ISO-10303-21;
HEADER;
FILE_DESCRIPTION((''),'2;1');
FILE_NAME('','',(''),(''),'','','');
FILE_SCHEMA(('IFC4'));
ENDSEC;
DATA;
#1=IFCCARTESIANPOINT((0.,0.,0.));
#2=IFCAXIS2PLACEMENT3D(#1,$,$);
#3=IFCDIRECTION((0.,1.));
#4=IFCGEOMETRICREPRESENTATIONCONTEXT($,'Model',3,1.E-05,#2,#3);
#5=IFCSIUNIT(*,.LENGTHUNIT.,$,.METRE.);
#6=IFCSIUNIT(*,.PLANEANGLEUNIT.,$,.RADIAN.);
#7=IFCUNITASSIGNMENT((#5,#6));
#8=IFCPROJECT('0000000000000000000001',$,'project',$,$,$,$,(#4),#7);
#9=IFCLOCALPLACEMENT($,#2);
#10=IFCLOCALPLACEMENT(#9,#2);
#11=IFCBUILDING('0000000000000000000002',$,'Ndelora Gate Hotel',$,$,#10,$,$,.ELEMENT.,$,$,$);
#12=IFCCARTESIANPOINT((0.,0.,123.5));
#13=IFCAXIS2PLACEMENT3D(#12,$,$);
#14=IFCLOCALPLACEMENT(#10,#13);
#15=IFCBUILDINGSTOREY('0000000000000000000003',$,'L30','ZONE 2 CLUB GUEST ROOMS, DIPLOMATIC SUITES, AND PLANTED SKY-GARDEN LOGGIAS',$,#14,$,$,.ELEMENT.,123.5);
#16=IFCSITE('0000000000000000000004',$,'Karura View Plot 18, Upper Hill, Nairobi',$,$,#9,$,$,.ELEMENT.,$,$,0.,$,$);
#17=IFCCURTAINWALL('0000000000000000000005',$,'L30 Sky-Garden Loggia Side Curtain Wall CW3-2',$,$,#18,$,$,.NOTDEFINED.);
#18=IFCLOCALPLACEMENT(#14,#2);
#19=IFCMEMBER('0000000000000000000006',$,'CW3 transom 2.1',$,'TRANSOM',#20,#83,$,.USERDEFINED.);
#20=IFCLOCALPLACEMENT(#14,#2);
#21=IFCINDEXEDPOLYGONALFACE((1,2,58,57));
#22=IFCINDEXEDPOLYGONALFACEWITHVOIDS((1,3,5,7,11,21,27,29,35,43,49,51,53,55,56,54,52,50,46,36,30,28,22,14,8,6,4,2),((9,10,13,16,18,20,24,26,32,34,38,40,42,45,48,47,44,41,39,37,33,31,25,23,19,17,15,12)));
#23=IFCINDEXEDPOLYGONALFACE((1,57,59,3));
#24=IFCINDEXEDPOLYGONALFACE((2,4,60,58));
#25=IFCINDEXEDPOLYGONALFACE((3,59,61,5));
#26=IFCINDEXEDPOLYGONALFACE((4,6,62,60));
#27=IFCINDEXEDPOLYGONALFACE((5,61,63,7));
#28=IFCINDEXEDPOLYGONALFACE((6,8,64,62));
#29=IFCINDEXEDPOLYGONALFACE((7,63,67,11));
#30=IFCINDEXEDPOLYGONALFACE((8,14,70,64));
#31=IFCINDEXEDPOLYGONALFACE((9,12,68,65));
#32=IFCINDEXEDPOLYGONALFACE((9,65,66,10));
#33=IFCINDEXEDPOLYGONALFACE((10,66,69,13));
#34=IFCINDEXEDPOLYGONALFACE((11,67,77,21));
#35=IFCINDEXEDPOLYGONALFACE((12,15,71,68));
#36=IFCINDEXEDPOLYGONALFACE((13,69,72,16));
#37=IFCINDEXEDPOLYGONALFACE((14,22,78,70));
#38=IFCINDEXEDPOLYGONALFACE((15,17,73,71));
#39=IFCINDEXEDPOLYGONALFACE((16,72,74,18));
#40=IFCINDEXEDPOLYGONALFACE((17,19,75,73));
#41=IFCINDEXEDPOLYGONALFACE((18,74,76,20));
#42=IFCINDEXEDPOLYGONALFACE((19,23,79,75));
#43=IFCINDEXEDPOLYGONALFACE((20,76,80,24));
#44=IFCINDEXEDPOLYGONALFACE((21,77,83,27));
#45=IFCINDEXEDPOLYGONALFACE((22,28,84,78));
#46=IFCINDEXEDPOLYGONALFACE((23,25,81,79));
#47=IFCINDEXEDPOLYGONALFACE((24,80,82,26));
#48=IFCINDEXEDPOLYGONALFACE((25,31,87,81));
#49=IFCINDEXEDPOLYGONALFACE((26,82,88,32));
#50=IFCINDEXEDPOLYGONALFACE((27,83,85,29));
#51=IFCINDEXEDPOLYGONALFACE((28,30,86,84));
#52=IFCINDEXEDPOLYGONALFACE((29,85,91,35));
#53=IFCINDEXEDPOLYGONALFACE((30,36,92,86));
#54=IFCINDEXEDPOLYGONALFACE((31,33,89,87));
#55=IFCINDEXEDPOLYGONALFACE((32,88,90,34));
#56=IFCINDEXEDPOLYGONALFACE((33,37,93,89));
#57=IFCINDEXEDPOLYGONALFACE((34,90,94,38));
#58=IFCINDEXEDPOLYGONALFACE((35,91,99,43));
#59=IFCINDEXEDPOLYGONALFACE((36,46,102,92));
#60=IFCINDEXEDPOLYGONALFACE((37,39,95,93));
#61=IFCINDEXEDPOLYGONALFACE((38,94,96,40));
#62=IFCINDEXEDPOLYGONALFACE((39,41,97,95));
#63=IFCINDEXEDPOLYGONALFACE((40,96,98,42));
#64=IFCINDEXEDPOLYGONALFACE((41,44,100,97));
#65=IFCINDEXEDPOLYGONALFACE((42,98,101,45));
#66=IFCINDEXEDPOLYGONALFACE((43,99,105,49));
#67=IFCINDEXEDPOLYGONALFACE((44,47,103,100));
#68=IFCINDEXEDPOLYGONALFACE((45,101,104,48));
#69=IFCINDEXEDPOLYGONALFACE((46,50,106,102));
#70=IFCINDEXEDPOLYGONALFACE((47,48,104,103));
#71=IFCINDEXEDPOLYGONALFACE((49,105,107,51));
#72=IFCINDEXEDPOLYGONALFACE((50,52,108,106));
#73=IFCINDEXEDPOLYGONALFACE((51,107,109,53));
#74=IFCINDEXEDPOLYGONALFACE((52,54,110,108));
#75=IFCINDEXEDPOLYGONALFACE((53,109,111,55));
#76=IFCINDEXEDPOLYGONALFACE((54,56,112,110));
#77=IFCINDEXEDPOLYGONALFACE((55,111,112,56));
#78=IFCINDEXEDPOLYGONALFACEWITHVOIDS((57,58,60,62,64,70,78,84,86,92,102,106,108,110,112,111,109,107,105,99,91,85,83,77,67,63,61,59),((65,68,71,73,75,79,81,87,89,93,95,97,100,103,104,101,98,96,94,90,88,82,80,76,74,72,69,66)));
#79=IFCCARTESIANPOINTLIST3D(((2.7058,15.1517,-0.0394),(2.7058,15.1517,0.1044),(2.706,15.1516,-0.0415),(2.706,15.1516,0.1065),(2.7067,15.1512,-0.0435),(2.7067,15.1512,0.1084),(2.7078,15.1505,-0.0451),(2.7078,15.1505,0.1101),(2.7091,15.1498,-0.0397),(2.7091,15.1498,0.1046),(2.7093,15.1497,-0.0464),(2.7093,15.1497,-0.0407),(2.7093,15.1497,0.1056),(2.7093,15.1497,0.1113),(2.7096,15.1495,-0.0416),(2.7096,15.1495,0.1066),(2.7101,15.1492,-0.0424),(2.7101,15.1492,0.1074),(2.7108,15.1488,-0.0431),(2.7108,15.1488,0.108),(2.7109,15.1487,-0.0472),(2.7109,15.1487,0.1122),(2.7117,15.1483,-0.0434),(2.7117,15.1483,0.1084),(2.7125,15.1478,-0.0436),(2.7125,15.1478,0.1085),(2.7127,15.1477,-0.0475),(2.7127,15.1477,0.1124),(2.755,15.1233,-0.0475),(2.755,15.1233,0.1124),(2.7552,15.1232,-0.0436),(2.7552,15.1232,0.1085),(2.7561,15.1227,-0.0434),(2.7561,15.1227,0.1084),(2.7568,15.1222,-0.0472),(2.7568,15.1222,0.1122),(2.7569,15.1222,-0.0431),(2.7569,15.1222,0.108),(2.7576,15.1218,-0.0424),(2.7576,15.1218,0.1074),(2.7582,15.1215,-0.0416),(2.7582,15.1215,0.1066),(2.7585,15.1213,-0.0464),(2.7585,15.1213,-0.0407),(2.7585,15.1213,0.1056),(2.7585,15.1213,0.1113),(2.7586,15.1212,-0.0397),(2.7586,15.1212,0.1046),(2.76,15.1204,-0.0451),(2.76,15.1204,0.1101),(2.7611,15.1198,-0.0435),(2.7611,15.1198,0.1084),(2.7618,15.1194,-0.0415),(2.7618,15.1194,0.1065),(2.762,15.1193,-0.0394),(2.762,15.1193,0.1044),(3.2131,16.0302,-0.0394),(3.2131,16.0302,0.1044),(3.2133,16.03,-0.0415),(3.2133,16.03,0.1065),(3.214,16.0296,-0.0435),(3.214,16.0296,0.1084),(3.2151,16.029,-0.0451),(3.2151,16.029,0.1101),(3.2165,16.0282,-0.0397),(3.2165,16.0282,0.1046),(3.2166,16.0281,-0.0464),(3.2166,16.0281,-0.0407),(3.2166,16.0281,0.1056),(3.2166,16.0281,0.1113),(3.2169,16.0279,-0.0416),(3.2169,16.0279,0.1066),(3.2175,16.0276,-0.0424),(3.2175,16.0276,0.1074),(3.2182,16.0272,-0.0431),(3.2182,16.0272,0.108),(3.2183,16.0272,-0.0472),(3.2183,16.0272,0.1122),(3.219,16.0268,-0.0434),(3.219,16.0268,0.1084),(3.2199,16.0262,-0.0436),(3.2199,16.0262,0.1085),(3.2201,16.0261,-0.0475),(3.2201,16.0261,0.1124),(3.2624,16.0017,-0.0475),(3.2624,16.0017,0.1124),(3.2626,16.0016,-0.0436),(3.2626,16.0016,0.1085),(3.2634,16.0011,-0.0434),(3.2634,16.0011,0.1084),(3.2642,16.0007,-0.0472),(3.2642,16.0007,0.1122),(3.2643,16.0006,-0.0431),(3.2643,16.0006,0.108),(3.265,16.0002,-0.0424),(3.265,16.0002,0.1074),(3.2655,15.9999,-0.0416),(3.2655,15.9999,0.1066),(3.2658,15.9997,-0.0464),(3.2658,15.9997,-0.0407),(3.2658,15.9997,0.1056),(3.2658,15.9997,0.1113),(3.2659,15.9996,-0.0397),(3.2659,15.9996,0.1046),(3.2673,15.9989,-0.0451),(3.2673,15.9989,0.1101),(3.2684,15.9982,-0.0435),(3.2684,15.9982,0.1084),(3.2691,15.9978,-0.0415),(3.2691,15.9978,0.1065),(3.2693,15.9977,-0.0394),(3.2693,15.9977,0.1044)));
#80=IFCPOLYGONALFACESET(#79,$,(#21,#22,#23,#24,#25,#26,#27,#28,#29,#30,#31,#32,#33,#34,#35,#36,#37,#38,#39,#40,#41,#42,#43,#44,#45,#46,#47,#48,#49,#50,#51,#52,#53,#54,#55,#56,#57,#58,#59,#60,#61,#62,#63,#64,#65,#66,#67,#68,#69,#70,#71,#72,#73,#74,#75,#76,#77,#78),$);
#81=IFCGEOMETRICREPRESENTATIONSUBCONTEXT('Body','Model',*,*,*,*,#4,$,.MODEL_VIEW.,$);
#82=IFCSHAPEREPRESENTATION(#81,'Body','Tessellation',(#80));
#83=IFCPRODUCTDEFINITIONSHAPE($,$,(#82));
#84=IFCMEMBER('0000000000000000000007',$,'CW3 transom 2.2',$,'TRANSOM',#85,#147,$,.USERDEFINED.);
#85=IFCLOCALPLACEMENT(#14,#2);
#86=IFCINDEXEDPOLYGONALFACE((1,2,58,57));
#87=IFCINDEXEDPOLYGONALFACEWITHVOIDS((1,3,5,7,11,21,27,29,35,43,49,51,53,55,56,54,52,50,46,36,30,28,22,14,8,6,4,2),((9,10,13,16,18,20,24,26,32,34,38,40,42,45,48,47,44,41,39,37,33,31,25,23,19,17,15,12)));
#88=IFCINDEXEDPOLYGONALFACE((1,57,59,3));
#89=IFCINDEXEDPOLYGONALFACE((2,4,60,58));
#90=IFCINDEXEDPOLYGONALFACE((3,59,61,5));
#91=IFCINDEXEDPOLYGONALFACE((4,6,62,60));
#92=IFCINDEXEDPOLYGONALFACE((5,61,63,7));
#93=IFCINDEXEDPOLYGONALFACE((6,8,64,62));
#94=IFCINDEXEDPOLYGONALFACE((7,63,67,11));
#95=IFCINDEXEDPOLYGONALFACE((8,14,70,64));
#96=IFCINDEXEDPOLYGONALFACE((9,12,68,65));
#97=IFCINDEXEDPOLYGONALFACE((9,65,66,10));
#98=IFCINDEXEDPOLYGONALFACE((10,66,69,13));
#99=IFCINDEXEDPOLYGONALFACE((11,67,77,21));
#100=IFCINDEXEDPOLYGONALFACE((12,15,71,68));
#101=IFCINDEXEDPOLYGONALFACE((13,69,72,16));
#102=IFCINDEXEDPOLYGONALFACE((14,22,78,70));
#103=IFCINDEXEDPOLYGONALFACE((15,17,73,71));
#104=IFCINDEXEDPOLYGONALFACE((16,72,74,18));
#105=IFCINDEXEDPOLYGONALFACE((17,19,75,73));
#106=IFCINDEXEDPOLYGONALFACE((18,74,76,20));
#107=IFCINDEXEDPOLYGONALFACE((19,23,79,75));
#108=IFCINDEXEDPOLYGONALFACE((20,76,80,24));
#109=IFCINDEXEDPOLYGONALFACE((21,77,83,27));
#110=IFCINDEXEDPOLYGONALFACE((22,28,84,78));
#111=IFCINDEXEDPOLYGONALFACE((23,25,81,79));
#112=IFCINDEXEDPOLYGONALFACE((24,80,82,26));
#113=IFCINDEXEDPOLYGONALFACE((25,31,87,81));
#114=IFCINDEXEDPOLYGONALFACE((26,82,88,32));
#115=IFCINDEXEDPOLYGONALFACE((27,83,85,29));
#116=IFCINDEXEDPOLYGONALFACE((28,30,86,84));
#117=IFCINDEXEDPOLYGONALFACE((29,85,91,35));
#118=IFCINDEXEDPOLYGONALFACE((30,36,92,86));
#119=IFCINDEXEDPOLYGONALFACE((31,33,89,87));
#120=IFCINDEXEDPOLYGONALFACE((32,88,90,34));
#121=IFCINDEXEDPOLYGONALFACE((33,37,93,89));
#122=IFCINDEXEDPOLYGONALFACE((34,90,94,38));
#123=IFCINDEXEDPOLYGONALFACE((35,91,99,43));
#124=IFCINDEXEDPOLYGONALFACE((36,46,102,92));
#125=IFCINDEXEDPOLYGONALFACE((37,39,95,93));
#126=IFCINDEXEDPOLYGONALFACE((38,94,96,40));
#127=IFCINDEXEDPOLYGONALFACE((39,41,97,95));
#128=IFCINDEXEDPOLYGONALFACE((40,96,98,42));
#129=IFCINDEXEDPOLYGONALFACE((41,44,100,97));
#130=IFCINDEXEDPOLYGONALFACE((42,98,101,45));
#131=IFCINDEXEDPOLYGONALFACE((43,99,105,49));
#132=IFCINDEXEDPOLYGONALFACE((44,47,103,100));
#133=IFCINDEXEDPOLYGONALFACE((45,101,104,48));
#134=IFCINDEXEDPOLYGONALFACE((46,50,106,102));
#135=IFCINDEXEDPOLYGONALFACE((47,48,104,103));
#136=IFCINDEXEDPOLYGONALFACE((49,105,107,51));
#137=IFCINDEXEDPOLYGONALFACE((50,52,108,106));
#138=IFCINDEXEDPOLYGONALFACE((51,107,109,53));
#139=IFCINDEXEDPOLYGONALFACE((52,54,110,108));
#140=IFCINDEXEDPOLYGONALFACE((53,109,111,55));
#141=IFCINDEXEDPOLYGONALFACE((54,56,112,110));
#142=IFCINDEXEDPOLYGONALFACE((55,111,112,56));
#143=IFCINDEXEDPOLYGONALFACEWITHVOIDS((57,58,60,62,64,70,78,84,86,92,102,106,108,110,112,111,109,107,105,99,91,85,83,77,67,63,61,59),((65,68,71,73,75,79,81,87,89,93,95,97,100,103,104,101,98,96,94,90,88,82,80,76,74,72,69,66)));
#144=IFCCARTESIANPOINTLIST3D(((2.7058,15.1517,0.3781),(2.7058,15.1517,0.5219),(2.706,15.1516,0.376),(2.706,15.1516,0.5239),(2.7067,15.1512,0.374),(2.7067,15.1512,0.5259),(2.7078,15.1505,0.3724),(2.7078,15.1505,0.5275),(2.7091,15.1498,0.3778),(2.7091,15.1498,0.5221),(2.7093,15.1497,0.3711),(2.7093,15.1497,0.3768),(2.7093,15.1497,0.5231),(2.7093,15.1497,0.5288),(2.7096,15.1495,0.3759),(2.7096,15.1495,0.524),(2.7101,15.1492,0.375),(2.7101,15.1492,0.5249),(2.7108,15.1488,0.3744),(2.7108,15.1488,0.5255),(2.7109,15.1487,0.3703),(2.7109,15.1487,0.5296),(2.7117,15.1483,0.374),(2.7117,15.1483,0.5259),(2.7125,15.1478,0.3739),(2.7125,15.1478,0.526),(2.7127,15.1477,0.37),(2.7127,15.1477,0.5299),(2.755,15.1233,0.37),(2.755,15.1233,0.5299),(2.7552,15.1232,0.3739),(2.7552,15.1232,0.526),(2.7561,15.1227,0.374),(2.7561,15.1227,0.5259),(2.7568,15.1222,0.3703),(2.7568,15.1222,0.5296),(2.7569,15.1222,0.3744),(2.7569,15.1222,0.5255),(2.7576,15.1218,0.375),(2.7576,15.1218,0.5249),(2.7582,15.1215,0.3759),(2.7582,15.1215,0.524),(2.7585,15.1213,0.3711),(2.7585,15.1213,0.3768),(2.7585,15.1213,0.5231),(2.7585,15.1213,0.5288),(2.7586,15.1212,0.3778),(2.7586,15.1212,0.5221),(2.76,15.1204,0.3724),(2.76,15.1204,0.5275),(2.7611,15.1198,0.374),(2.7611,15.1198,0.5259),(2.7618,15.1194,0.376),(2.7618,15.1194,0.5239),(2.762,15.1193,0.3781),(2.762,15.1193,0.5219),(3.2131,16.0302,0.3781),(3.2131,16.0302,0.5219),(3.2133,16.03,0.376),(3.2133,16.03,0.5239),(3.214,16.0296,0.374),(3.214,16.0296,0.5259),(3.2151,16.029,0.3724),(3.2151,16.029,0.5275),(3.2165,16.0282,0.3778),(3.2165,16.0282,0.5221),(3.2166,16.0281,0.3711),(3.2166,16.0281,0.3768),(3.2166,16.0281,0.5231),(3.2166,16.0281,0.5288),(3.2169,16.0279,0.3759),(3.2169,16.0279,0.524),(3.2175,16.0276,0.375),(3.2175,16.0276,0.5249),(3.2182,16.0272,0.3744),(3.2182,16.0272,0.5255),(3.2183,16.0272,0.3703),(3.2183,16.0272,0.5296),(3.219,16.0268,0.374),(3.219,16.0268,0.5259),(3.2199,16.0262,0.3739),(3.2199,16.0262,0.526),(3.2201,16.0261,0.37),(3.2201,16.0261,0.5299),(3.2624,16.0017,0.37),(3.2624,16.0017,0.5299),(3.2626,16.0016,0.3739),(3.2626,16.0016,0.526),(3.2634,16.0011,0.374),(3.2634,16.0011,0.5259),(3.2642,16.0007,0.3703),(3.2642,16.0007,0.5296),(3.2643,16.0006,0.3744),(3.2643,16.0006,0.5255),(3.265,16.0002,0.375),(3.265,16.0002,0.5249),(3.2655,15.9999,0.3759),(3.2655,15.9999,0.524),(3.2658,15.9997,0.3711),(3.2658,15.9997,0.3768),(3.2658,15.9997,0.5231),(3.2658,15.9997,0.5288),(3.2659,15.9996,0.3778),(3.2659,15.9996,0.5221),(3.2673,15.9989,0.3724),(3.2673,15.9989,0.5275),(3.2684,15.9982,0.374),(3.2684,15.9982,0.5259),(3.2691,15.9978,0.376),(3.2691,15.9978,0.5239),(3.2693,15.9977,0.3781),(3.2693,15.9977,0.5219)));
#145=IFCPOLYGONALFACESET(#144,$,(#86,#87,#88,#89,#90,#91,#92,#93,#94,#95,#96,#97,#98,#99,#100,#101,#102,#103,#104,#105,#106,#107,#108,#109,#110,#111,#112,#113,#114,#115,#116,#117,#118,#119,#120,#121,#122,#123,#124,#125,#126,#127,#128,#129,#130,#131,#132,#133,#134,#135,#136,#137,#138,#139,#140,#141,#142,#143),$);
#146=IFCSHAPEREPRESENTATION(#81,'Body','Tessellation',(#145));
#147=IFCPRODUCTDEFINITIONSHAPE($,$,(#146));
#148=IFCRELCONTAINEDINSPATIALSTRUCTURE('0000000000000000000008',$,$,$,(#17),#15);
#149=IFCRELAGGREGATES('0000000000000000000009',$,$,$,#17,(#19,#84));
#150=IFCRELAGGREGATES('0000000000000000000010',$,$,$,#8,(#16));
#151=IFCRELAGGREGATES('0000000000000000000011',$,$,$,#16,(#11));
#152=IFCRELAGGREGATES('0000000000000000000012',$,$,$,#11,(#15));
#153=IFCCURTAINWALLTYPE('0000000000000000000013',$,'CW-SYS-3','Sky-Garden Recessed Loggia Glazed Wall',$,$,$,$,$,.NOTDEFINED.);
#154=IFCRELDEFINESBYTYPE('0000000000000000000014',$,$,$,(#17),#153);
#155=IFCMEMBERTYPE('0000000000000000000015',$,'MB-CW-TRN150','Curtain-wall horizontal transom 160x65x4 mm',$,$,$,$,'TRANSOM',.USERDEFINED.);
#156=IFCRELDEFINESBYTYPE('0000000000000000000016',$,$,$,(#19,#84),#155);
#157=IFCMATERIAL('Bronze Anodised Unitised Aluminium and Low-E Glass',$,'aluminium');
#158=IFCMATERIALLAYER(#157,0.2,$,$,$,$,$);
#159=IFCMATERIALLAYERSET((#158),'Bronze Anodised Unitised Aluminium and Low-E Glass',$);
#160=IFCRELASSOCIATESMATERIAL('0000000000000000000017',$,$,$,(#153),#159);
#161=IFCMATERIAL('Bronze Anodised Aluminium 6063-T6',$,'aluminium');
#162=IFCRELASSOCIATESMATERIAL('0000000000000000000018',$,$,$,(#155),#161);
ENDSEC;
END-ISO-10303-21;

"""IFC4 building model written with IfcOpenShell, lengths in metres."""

from ifc_helpers import new_model, si_unit, direction, frame, origin, origin_2d, place, context, subcontext, project, spatial, hollow_rectangle, extrude, material, layer, layer_set, material_profile, profile_set, type_object, element, aggregate, save


model = new_model("IFC4")

# Units and contexts
model_context = context("Model", 3, precision=1e-05, world=origin(), true_north=direction((0.0, 1.0)))
body_context = subcontext(model_context, "Body", "Model", "MODEL_VIEW")
ifc_project = project(units=[si_unit("LENGTHUNIT", "METRE"), si_unit("PLANEANGLEUNIT", "RADIAN")], contexts=[model_context])

# Site, building, storey
site_placement = place(None, origin())
site = spatial("IfcSite", under=ifc_project, at=site_placement, Name="Karura View Plot 18, Upper Hill, Nairobi", CompositionType="ELEMENT", RefElevation=0.0)
building_placement = place(site_placement, origin())
building = spatial("IfcBuilding", under=site, at=building_placement, Name="Ndelora Gate Hotel", CompositionType="ELEMENT")
storey_placement = place(building_placement, frame((0.0, 0.0, 123.5)))
storey = spatial("IfcBuildingStorey", under=building, at=storey_placement, Name="L30", Description="ZONE 2 CLUB GUEST ROOMS, DIPLOMATIC SUITES, AND PLANTED SKY-GARDEN LOGGIAS", CompositionType="ELEMENT", Elevation=123.5)

# Curtain wall, members
ifc_material_1 = material(Name="Bronze Anodised Unitised Aluminium and Low-E Glass", Category="aluminium")
ifc_layer_1 = layer(ifc_material_1, 0.2)
ifc_layer_set_1 = layer_set([ifc_layer_1], Name="Bronze Anodised Unitised Aluminium and Low-E Glass")
curtain_wall_type = type_object("IfcCurtainWallType", Name="CW-SYS-3", Description="Sky-Garden Recessed Loggia Glazed Wall", PredefinedType="NOTDEFINED", material=ifc_layer_set_1)
curtain_wall_placement = place(storey_placement, origin())
curtain_wall = element("IfcCurtainWall", 1, at=curtain_wall_placement, inside=storey, type_object=curtain_wall_type, Name="L30 Sky-Garden Loggia Side Curtain Wall CW3-2", PredefinedType="NOTDEFINED")
ifc_material_2 = material(Name="Bronze Anodised Aluminium 6063-T6", Category="aluminium")
ifc_material_profile_1 = material_profile(ifc_material_2, hollow_rectangle(XDim=0.0649, YDim=0.1599, WallThickness=0.0039, InnerFilletRadius=0.0039, OuterFilletRadius=0.0081, at=origin_2d()), Name="ALU 160x65x4")
ifc_profile_set_1 = profile_set([ifc_material_profile_1], Name="Bronze Anodised Aluminium 6063-T6")
member_type_1 = type_object("IfcMemberType", Name="MB-CW-TRN150", Description="Curtain-wall horizontal transom 160x65x4 mm", ElementType="TRANSOM", PredefinedType="USERDEFINED", material=ifc_profile_set_1)
member_1_placement = place(storey_placement, frame((3.2412, 16.0139, 0.0325), z_axis=(-0.500125, -0.865953, 0.0), x_axis=(0.865953, -0.500125, 0.0)))
member_1 = element("IfcMember", 2, at=member_1_placement, type_object=member_type_1, Name="CW3 transom 2.1", ObjectType="TRANSOM", PredefinedType="USERDEFINED", context=body_context, shape_type="SweptSolid", body=[
    extrude(hollow_rectangle(XDim=0.0649, YDim=0.1599, WallThickness=0.0039, InnerFilletRadius=0.0039, OuterFilletRadius=0.0081, at=origin_2d()), origin(), (0.0, 0.0, 1.0), 1.0144),
])
member_2_placement = place(storey_placement, frame((3.2412, 16.0139, 0.45), z_axis=(-0.500125, -0.865953, 0.0), x_axis=(0.865953, -0.500125, 0.0)))
member_2 = element("IfcMember", 3, at=member_2_placement, type_object=member_type_1, Name="CW3 transom 2.2", ObjectType="TRANSOM", PredefinedType="USERDEFINED", context=body_context, shape_type="SweptSolid", body=[
    extrude(hollow_rectangle(XDim=0.0649, YDim=0.1599, WallThickness=0.0039, InnerFilletRadius=0.0039, OuterFilletRadius=0.0081, at=origin_2d()), origin(), (0.0, 0.0, 1.0), 1.0144),
])
aggregate(curtain_wall, [member_1, member_2])

save(model, "model.ifc")
